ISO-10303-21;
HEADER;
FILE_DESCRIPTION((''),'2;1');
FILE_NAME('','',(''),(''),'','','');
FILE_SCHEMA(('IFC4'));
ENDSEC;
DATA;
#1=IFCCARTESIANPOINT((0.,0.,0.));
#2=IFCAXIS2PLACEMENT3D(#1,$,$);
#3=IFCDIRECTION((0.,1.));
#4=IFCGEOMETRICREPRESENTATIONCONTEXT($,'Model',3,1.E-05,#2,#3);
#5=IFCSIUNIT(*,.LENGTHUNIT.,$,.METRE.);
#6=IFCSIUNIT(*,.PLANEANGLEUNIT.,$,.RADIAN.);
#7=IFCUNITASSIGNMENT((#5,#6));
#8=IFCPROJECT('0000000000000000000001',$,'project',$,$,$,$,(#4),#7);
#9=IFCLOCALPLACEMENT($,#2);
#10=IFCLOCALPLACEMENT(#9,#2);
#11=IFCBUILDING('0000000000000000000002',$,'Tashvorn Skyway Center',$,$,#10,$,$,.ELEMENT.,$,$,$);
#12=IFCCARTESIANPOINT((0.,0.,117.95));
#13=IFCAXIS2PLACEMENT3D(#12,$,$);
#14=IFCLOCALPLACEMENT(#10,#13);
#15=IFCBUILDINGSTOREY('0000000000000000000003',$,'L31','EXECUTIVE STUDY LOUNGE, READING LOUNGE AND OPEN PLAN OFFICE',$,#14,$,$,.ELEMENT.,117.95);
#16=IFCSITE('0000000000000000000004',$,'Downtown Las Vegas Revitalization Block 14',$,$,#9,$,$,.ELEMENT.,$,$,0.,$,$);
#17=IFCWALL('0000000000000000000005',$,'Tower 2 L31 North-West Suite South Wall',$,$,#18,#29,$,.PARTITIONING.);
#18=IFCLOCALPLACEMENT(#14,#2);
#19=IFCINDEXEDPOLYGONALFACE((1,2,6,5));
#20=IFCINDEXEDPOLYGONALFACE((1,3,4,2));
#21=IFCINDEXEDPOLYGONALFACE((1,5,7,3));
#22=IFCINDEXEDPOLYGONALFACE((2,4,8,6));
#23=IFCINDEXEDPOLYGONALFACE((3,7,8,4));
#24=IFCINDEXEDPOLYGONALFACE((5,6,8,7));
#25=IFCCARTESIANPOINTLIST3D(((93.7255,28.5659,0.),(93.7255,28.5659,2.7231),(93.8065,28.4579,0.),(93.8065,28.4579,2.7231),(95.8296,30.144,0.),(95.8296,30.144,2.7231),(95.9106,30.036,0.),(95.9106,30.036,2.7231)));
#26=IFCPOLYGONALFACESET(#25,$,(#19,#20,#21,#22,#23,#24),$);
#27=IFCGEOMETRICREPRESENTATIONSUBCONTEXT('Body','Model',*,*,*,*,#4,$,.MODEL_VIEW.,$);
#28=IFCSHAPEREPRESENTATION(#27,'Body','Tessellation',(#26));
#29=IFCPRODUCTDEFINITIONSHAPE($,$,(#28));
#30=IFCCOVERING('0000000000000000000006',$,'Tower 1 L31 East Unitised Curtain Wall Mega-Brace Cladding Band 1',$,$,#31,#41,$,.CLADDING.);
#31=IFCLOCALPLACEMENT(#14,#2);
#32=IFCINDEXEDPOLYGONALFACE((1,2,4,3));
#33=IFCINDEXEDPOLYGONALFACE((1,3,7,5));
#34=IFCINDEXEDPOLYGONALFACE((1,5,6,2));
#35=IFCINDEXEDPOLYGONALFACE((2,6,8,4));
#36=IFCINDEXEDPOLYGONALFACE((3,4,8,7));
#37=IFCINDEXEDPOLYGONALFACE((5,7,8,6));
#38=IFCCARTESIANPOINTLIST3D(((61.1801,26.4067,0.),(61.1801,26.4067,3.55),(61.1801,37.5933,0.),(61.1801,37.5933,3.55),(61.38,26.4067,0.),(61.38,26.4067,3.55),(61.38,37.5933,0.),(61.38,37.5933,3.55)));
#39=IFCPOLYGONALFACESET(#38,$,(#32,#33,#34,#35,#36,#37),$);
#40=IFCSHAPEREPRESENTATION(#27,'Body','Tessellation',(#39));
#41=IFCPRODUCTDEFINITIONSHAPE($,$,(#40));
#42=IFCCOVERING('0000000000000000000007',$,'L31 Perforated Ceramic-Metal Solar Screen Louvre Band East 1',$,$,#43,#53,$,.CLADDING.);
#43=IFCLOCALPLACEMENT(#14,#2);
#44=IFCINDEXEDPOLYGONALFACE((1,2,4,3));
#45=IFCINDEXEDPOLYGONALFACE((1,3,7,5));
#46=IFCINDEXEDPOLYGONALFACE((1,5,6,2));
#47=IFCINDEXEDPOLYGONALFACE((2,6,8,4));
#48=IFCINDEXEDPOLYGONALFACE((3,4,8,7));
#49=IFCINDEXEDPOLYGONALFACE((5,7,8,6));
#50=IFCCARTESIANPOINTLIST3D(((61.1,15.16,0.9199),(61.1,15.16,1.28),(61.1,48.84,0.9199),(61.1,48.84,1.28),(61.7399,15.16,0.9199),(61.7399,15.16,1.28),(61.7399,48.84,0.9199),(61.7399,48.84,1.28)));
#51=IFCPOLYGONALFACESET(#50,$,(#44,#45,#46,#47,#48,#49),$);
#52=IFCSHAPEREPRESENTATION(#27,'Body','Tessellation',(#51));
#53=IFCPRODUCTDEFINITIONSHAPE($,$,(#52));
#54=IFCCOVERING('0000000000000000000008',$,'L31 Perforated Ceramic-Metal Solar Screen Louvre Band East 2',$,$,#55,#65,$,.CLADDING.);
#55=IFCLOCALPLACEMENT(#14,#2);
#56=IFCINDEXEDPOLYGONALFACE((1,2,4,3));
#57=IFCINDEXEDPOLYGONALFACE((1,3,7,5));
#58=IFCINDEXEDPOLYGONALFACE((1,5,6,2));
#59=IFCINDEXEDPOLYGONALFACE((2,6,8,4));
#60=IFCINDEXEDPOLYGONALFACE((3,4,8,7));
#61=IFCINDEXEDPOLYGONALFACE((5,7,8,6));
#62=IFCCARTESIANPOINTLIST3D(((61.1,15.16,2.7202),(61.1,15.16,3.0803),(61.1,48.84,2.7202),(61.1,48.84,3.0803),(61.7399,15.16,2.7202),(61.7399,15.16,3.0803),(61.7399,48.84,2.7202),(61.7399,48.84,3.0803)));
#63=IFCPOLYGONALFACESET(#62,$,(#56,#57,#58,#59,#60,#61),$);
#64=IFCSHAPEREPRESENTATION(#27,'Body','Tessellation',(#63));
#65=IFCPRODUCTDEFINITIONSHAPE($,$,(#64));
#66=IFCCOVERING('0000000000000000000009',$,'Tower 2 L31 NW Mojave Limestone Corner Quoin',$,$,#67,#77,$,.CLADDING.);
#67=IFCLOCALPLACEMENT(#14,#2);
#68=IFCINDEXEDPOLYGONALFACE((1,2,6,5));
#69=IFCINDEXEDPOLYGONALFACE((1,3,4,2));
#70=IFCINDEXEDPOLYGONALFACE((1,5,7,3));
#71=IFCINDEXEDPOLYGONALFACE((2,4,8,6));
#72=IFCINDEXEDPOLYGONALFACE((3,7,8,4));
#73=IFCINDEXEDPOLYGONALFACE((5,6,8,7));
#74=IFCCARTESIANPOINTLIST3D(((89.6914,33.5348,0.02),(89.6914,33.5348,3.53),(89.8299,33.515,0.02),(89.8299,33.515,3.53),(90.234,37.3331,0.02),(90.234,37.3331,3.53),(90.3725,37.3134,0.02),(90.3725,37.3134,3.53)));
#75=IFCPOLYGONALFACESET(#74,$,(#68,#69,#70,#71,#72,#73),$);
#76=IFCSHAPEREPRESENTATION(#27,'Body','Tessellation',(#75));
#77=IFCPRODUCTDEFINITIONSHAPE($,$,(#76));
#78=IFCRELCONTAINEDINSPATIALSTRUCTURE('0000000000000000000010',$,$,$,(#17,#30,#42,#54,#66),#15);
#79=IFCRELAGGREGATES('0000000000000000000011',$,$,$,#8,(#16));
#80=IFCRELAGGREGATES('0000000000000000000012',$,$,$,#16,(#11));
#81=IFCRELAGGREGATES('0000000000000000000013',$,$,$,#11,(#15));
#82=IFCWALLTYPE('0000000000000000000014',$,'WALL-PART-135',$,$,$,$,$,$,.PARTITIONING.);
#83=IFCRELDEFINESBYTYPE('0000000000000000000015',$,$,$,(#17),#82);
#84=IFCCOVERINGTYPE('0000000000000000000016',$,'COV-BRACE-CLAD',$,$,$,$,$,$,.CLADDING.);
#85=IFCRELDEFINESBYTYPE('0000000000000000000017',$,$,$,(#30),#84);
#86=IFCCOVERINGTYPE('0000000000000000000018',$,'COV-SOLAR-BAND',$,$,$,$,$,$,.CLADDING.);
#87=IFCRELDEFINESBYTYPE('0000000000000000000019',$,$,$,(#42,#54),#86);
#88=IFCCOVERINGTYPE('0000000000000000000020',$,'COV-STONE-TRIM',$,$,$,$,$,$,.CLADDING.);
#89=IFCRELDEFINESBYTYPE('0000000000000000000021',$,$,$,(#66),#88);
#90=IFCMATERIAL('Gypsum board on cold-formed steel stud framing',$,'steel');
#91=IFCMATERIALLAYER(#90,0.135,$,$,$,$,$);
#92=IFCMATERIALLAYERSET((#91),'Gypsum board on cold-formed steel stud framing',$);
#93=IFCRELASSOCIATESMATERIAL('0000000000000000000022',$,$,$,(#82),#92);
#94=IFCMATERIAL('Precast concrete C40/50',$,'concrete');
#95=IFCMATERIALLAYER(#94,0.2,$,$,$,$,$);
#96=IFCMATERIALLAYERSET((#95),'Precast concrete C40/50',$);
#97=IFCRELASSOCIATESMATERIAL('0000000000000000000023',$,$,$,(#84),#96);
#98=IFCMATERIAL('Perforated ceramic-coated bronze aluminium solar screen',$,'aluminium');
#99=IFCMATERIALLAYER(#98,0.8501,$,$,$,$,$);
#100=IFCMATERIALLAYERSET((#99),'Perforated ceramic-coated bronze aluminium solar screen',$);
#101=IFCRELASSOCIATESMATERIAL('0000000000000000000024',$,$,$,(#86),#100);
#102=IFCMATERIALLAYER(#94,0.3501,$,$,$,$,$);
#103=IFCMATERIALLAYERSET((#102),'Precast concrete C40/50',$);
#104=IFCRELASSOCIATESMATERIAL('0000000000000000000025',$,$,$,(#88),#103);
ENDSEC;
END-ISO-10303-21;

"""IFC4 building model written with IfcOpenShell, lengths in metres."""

from ifc_helpers import new_model, si_unit, direction, frame, frame_2d, origin, origin_2d, place, context, subcontext, project, spatial, rectangle, extrude, material, layer, layer_set, type_object, element, save


model = new_model("IFC4")

# Units and contexts
model_context = context("Model", 3, precision=1e-05, world=origin(), true_north=direction((0.0, 1.0)))
body_context = subcontext(model_context, "Body", "Model", "MODEL_VIEW")
ifc_project = project(units=[si_unit("LENGTHUNIT", "METRE"), si_unit("PLANEANGLEUNIT", "RADIAN")], contexts=[model_context])

# Site, building, storey
site_placement = place(None, origin())
site = spatial("IfcSite", under=ifc_project, at=site_placement, Name="Downtown Las Vegas Revitalization Block 14", CompositionType="ELEMENT", RefElevation=0.0)
building_placement = place(site_placement, origin())
building = spatial("IfcBuilding", under=site, at=building_placement, Name="Tashvorn Skyway Center", CompositionType="ELEMENT")
storey_placement = place(building_placement, frame((0.0, 0.0, 117.95)))
storey = spatial("IfcBuildingStorey", under=building, at=storey_placement, Name="L31", Description="EXECUTIVE STUDY LOUNGE, READING LOUNGE AND OPEN PLAN OFFICE", CompositionType="ELEMENT", Elevation=117.95)

# Shared definitions
ifc_material_1 = material(Name="Precast concrete C40/50", Category="concrete")

# Shared definitions
ifc_material_2 = material(Name="Gypsum board on cold-formed steel stud framing", Category="steel")
ifc_layer_1 = layer(ifc_material_2, 0.135)
ifc_layer_set_1 = layer_set([ifc_layer_1], Name="Gypsum board on cold-formed steel stud framing")
wall_type_1 = type_object("IfcWallType", Name="WALL-PART-135", PredefinedType="PARTITIONING", material=ifc_layer_set_1)

# Wall
wall_1_placement = place(storey_placement, frame((93.7661, 28.512, 0.0), z_axis=(0.0, 0.0, 1.0), x_axis=(0.799978, 0.60003, 0.0)))
element("IfcWall", 1, at=wall_1_placement, inside=storey, type_object=wall_type_1, Name="Tower 2 L31 North-West Suite South Wall", PredefinedType="PARTITIONING", context=body_context, shape_type="SweptSolid", body=[
    extrude(rectangle(XDim=2.6301, YDim=0.135, at=frame_2d((1.3149, 0.0))), origin(), (0.0, 0.0, 1.0), 2.7231),
])

# Coverings
ifc_layer_2 = layer(ifc_material_1, 0.2)
ifc_layer_set_2 = layer_set([ifc_layer_2], Name="Precast concrete C40/50")
covering_type_1 = type_object("IfcCoveringType", Name="COV-BRACE-CLAD", PredefinedType="CLADDING", material=ifc_layer_set_2)
covering_1_placement = place(storey_placement, frame((61.28, 32.0, 0.0), z_axis=(0.0, 0.0, 1.0), x_axis=(0.0, -1.0, 0.0)))
element("IfcCovering", 2, at=covering_1_placement, inside=storey, type_object=covering_type_1, Name="Tower 1 L31 East Unitised Curtain Wall Mega-Brace Cladding Band 1", PredefinedType="CLADDING", context=body_context, shape_type="SweptSolid", body=[
    extrude(rectangle(XDim=11.1865, YDim=0.2, at=origin_2d()), origin(), (0.0, 0.0, 1.0), 3.55),
])
ifc_material_3 = material(Name="Perforated ceramic-coated bronze aluminium solar screen", Category="aluminium")
ifc_layer_3 = layer(ifc_material_3, 0.8501)
ifc_layer_set_3 = layer_set([ifc_layer_3], Name="Perforated ceramic-coated bronze aluminium solar screen")
covering_type_2 = type_object("IfcCoveringType", Name="COV-SOLAR-BAND", PredefinedType="CLADDING", material=ifc_layer_set_3)
for number, where, z_axis, x_axis, name in (
    (3, (61.4199, 32.0, 0.9199), (0.0, 0.0, 1.0), (0.0, -1.0, 0.0), "L31 Perforated Ceramic-Metal Solar Screen Louvre Band East 1"),
    (4, (61.4199, 32.0, 2.7202), (0.0, 0.0, 1.0), (0.0, -1.0, 0.0), "L31 Perforated Ceramic-Metal Solar Screen Louvre Band East 2"),
):
    element("IfcCovering", number, at=place(storey_placement, frame(where, z_axis=z_axis, x_axis=x_axis)), inside=storey, type_object=covering_type_2, Name=name, PredefinedType="CLADDING", context=body_context, shape_type="SweptSolid", body=[
        extrude(rectangle(XDim=33.6799, YDim=0.6399, at=origin_2d()), origin(), (0.0, 0.0, 1.0), 0.3601),
    ])
ifc_layer_4 = layer(ifc_material_1, 0.3501)
ifc_layer_set_4 = layer_set([ifc_layer_4], Name="Precast concrete C40/50")
covering_type_3 = type_object("IfcCoveringType", Name="COV-STONE-TRIM", PredefinedType="CLADDING", material=ifc_layer_set_4)
covering_2_placement = place(storey_placement, frame((90.032, 35.4241, 0.02), z_axis=(0.0, 0.0, 1.0), x_axis=(-0.141421, -0.989949, 0.0)))
element("IfcCovering", 5, at=covering_2_placement, inside=storey, type_object=covering_type_3, Name="Tower 2 L31 NW Mojave Limestone Corner Quoin", PredefinedType="CLADDING", context=body_context, shape_type="SweptSolid", body=[
    extrude(rectangle(XDim=3.8369, YDim=0.1399, at=origin_2d()), origin(), (0.0, 0.0, 1.0), 3.51),
])

save(model, "model.ifc")
